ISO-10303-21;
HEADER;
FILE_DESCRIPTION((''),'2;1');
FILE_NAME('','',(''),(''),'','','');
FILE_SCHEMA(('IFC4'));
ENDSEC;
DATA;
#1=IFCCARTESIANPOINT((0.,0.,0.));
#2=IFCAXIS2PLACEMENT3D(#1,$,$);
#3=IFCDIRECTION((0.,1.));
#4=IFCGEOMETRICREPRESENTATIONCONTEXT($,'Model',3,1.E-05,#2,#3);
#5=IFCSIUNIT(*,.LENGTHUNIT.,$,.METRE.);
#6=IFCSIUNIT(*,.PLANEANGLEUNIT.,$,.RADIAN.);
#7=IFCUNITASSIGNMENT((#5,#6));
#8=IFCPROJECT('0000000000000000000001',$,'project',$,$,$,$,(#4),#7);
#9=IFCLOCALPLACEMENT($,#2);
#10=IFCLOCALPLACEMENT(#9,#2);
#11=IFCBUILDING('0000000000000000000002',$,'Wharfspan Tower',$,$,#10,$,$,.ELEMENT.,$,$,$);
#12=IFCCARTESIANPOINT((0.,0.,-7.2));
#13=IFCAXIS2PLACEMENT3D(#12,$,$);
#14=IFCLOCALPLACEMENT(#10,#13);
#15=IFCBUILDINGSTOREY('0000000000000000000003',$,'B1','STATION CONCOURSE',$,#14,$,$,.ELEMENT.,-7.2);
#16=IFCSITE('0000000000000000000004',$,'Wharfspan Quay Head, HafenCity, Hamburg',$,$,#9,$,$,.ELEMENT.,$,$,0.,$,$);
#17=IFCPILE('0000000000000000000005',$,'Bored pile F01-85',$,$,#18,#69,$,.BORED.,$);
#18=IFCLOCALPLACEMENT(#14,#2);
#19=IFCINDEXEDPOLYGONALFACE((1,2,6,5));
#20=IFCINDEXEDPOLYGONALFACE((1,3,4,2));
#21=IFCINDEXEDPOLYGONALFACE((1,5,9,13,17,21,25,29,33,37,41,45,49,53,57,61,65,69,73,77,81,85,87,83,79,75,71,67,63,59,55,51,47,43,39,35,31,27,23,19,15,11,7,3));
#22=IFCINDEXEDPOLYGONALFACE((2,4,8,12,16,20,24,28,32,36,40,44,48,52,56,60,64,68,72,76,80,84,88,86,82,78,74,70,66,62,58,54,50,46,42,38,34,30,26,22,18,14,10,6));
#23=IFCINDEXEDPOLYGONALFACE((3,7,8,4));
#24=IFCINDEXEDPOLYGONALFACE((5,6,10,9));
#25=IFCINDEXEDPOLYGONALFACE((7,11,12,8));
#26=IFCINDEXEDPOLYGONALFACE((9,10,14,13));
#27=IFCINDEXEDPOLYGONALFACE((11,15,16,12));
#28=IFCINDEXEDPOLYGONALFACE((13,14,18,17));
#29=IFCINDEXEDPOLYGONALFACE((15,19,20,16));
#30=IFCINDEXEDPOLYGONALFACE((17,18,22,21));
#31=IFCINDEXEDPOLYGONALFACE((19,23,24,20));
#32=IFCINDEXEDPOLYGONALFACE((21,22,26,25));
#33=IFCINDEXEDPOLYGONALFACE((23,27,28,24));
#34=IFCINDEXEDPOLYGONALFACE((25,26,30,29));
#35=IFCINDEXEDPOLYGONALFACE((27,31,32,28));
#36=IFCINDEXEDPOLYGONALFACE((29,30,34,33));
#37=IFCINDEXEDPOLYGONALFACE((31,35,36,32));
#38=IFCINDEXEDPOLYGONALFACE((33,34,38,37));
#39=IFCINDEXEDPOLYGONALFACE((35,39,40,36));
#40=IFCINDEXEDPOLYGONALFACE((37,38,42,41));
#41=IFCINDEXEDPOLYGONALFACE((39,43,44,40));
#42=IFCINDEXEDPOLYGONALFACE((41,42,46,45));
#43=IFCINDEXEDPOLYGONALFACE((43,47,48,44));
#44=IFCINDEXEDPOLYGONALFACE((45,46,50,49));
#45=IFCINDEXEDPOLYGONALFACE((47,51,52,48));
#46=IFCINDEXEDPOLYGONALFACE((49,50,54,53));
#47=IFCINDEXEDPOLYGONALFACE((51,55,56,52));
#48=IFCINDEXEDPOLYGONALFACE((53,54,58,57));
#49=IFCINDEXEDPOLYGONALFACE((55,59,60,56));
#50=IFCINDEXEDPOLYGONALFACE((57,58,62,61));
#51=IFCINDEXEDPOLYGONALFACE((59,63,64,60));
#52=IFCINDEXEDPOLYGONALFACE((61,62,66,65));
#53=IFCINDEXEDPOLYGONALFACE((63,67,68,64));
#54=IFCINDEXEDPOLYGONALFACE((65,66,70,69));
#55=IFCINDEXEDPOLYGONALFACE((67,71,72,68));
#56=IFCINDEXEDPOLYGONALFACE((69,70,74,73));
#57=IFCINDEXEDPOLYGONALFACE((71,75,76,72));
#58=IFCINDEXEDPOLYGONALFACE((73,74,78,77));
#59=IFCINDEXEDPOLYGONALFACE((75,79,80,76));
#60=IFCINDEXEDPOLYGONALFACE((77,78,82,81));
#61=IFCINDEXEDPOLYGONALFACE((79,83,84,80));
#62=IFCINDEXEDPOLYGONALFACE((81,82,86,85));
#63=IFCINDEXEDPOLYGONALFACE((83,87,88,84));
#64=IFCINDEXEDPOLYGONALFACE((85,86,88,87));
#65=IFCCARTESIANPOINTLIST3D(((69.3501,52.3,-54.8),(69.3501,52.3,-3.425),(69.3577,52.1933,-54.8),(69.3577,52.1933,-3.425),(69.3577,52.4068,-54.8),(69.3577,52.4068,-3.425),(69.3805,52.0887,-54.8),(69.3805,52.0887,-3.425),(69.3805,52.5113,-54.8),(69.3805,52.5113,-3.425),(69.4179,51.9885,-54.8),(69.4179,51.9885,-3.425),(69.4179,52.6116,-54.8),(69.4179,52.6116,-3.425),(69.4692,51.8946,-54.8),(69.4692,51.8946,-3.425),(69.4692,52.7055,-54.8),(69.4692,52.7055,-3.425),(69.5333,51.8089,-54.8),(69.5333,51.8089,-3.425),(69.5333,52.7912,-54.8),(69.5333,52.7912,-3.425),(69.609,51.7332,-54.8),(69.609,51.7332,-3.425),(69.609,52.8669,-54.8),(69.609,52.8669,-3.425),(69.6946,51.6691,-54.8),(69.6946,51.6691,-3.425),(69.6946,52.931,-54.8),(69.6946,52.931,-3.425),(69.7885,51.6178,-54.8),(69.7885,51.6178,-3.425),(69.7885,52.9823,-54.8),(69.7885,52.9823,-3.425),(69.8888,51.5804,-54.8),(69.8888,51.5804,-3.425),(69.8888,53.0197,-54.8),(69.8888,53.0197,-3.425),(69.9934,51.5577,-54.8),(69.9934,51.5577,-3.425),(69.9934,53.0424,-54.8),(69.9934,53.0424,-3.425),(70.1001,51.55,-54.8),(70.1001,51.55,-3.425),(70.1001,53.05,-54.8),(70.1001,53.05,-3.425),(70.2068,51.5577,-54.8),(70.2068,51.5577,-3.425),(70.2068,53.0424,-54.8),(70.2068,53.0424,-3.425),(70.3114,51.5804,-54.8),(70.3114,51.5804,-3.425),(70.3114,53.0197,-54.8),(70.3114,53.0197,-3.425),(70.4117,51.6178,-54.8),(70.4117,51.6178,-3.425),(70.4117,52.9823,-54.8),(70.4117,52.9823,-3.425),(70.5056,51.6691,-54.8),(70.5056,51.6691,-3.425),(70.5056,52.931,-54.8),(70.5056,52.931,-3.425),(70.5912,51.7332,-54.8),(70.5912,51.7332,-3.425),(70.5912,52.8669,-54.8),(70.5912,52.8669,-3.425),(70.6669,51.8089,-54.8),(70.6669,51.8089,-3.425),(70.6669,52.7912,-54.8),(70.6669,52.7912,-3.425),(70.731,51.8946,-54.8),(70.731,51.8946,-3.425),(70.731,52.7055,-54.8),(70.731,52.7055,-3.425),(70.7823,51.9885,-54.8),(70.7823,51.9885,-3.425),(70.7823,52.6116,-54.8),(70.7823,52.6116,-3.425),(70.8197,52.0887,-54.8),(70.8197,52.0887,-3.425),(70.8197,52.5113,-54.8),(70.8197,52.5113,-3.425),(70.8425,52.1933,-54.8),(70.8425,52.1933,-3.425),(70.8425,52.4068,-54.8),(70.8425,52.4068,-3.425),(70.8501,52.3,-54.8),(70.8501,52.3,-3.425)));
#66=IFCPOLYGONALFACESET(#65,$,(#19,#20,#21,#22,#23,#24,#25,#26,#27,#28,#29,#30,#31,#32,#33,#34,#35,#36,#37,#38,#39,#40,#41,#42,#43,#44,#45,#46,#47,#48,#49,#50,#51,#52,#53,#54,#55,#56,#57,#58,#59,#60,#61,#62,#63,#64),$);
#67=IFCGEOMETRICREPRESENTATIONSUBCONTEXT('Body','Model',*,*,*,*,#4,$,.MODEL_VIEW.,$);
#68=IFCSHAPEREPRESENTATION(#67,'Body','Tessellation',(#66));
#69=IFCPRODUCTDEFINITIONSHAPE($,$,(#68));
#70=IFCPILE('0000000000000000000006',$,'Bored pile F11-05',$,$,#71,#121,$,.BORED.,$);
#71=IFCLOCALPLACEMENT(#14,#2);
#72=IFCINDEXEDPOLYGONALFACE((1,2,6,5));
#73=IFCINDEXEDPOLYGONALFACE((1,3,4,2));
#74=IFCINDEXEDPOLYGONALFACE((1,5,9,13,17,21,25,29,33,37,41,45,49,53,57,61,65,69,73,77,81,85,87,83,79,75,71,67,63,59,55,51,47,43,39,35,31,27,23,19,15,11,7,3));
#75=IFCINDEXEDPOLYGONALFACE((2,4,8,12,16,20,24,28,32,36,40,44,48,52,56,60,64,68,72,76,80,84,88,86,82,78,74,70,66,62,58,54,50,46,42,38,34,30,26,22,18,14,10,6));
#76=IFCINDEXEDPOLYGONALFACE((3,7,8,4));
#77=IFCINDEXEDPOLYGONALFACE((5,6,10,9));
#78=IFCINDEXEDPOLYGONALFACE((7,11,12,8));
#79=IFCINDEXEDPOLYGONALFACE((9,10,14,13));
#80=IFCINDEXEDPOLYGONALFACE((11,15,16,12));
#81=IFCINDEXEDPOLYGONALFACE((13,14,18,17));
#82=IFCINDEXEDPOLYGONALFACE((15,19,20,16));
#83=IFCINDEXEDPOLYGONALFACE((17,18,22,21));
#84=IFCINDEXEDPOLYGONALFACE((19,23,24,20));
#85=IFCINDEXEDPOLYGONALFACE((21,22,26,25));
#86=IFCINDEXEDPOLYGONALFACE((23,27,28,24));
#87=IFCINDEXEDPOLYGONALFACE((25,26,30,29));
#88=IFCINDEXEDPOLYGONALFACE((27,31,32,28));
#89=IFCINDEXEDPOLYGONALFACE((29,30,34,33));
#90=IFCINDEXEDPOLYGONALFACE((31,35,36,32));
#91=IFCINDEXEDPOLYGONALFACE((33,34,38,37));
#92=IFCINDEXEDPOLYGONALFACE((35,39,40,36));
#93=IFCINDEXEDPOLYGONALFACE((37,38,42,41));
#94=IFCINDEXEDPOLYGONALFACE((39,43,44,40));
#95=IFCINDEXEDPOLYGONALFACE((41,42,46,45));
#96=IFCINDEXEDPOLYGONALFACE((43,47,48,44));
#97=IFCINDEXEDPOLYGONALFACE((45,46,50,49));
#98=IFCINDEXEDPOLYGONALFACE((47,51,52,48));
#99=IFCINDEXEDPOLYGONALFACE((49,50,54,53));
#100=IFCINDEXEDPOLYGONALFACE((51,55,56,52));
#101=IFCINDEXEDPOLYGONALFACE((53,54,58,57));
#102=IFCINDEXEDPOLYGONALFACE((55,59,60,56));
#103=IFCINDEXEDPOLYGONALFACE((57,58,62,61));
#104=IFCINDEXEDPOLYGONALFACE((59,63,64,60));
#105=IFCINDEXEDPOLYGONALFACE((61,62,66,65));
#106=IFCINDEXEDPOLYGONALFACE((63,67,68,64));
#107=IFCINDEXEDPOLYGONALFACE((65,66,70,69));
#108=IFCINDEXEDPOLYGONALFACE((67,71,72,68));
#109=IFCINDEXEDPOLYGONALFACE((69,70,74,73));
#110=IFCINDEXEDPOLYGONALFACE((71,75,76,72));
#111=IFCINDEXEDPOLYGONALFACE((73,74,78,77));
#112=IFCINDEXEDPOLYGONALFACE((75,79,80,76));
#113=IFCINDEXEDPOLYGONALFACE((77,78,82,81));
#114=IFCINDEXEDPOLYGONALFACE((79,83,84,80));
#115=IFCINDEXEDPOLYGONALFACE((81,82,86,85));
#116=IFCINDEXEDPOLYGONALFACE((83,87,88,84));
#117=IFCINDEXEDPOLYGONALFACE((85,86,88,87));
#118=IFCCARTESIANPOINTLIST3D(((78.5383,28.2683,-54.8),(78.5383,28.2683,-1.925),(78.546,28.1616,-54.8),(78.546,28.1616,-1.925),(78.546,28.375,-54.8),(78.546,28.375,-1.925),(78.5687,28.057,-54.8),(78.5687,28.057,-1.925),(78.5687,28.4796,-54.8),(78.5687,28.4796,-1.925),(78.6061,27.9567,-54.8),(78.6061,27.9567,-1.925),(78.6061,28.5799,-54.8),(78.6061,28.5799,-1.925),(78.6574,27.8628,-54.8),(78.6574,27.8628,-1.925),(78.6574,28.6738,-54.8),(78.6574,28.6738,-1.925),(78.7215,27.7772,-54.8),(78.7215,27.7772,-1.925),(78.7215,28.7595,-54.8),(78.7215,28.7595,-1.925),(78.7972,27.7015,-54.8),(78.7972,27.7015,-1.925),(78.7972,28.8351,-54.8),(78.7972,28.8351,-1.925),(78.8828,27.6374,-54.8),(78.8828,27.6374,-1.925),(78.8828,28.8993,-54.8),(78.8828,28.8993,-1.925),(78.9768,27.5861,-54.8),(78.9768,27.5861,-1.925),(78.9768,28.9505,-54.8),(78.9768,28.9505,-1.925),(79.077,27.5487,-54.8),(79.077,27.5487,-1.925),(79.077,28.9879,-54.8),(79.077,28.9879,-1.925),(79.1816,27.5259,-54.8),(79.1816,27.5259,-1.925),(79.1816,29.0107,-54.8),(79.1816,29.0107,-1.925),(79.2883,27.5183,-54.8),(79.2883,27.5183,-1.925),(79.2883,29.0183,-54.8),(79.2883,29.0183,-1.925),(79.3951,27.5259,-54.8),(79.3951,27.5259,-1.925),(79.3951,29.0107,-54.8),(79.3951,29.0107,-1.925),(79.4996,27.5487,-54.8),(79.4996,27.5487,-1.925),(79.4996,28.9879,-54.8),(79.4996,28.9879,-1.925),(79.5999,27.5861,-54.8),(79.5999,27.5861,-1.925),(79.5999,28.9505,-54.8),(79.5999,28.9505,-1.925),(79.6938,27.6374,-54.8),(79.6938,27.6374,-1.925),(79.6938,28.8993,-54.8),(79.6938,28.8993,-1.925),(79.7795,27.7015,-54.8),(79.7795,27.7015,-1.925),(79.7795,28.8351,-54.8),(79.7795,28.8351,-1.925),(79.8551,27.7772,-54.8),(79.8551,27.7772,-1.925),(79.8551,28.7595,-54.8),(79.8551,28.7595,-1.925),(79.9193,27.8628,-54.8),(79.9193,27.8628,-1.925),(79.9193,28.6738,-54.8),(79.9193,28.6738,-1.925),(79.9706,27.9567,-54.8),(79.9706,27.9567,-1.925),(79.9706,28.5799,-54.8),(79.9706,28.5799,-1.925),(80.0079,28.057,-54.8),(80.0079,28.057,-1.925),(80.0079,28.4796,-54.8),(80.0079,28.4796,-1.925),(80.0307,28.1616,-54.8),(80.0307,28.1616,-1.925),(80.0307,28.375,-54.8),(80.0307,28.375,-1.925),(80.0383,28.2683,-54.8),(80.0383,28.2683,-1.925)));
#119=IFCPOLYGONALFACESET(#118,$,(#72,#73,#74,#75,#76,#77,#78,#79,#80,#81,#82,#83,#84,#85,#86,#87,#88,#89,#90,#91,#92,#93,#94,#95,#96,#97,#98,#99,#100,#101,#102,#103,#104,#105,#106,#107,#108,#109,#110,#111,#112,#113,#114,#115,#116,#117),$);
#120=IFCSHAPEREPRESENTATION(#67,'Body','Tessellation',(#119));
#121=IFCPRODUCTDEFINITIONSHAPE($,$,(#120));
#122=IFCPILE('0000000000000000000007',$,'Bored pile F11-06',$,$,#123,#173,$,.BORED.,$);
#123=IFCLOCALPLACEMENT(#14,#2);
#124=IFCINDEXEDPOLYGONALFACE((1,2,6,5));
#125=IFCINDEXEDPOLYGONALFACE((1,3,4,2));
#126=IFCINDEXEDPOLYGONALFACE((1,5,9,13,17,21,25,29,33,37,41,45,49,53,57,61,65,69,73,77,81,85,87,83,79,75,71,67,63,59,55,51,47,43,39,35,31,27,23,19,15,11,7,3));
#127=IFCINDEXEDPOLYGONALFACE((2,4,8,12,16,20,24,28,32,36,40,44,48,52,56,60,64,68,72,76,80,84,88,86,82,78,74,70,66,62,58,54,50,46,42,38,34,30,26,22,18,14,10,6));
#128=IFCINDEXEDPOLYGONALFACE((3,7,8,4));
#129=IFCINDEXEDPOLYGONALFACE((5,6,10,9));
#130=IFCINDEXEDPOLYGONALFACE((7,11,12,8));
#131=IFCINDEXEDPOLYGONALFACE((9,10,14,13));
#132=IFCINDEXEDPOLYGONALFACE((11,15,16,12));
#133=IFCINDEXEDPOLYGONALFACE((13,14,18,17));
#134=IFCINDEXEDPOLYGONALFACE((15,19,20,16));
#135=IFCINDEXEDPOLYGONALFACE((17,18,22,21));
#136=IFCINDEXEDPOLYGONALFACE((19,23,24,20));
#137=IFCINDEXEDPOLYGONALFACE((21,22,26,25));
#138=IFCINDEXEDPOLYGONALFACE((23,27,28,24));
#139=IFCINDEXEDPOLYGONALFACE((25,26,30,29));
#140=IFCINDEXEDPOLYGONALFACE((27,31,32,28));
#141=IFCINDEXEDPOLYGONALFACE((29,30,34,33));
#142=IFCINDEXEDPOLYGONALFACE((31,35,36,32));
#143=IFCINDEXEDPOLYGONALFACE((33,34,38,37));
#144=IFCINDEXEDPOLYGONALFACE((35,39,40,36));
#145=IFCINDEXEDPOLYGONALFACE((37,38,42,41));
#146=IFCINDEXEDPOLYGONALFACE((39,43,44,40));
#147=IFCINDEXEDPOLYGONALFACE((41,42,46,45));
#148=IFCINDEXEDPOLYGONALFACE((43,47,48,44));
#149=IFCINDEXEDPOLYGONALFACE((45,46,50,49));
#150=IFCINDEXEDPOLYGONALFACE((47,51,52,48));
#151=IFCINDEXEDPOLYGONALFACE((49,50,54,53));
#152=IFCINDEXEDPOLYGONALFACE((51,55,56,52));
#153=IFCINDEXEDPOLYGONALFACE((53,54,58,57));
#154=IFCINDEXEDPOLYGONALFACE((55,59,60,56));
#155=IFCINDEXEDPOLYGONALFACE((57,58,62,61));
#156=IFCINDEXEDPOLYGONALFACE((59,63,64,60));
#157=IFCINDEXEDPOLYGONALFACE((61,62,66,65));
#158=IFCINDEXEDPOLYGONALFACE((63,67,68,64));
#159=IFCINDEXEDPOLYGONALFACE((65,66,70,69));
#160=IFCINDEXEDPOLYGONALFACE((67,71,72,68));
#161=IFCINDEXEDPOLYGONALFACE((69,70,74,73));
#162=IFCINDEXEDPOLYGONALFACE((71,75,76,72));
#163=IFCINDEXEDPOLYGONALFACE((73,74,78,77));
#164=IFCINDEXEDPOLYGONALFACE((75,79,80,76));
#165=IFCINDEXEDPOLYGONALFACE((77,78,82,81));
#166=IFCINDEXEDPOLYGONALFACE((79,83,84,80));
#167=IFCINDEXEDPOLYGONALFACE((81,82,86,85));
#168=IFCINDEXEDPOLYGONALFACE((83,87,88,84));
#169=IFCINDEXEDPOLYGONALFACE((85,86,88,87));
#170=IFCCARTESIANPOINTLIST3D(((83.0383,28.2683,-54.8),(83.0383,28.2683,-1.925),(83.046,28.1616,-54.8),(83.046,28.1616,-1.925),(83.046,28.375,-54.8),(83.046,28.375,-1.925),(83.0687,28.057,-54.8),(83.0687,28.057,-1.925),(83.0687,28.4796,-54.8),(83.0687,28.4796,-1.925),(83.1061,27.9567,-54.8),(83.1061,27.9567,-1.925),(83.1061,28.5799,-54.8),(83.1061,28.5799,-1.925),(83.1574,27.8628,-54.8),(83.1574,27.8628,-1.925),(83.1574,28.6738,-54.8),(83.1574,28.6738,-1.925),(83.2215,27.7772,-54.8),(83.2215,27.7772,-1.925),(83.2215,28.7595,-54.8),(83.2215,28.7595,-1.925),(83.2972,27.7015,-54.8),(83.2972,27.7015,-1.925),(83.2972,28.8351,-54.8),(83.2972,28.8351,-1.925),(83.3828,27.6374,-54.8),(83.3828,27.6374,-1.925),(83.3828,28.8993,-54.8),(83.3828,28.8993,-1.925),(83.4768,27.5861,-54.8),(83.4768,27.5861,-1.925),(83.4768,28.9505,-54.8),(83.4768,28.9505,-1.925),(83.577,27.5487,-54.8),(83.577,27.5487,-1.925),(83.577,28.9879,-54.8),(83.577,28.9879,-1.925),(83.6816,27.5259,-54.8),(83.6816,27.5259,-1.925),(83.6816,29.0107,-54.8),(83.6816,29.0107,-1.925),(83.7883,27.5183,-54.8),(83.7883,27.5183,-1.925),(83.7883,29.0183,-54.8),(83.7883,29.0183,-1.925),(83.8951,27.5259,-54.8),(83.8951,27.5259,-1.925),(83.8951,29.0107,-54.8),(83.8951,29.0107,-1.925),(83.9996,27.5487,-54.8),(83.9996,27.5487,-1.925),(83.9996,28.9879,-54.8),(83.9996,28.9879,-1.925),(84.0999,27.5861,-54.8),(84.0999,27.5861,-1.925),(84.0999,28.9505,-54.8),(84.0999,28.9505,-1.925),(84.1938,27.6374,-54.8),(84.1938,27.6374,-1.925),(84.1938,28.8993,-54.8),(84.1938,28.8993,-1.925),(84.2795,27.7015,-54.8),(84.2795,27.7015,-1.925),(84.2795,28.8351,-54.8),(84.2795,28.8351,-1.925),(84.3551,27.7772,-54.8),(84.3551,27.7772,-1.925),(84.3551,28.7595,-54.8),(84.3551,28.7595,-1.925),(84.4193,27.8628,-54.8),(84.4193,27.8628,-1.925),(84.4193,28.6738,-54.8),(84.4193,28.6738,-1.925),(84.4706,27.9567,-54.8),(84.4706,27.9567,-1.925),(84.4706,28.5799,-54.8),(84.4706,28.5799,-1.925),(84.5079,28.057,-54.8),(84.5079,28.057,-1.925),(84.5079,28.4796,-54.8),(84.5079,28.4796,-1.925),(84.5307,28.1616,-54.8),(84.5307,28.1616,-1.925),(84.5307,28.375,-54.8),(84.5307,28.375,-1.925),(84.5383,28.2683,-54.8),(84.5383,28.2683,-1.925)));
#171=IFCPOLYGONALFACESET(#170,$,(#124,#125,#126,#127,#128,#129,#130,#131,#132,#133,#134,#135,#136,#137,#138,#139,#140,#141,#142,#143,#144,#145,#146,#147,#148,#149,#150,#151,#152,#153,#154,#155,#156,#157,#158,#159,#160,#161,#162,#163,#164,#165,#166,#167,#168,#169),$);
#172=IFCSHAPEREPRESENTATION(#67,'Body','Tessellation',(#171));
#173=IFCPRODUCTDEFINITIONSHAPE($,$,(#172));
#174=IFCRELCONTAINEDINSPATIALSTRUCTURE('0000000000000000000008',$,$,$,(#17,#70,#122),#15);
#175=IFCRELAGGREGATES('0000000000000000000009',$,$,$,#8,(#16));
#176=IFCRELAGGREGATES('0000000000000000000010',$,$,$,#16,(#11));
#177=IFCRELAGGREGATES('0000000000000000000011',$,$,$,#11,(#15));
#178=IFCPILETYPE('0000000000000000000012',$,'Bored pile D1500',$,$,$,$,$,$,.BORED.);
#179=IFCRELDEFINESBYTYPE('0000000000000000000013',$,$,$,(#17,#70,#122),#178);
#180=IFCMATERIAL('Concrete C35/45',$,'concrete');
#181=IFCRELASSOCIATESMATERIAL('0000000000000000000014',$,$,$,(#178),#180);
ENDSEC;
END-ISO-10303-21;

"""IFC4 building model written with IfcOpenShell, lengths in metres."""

from ifc_helpers import new_model, si_unit, direction, frame, origin, origin_2d, place, context, subcontext, project, spatial, circle, extrude, material, material_profile, profile_set, type_object, element, save


model = new_model("IFC4")

# Units and contexts
model_context = context("Model", 3, precision=1e-05, world=origin(), true_north=direction((0.0, 1.0)))
body_context = subcontext(model_context, "Body", "Model", "MODEL_VIEW")
ifc_project = project(units=[si_unit("LENGTHUNIT", "METRE"), si_unit("PLANEANGLEUNIT", "RADIAN")], contexts=[model_context])

# Site, building, storey
site_placement = place(None, origin())
site = spatial("IfcSite", under=ifc_project, at=site_placement, Name="Wharfspan Quay Head, HafenCity, Hamburg", CompositionType="ELEMENT", RefElevation=0.0)
building_placement = place(site_placement, origin())
building = spatial("IfcBuilding", under=site, at=building_placement, Name="Wharfspan Tower", CompositionType="ELEMENT")
storey_placement = place(building_placement, frame((0.0, 0.0, -7.2)))
storey = spatial("IfcBuildingStorey", under=building, at=storey_placement, Name="B1", Description="STATION CONCOURSE", CompositionType="ELEMENT", Elevation=-7.2)

# Piles
ifc_material_1 = material(Name="Concrete C35/45", Category="concrete")
ifc_material_profile_1 = material_profile(ifc_material_1, circle(Radius=0.75, at=origin_2d()))
ifc_profile_set_1 = profile_set([ifc_material_profile_1], Name="Concrete C35/45")
pile_type = type_object("IfcPileType", Name="Bored pile D1500", PredefinedType="BORED", material=ifc_profile_set_1)
for number, where, z_axis, x_axis, name in (
    (1, (70.1001, 52.3, -3.425), (0.0, 0.0, -1.0), (1.0, 0.0, 0.0), "Bored pile F01-85"),
):
    element("IfcPile", number, at=place(storey_placement, frame(where, z_axis=z_axis, x_axis=x_axis)), inside=storey, type_object=pile_type, Name=name, PredefinedType="BORED", context=body_context, shape_type="SweptSolid", body=[
        extrude(circle(Radius=0.75, at=origin_2d()), origin(), (0.0, 0.0, 1.0), 51.375),
    ])
for number, where, z_axis, x_axis, name in (
    (2, (79.2883, 28.2683, -1.925), (0.0, 0.0, -1.0), (1.0, 0.0, 0.0), "Bored pile F11-05"),
    (3, (83.7883, 28.2683, -1.925), (0.0, 0.0, -1.0), (1.0, 0.0, 0.0), "Bored pile F11-06"),
):
    element("IfcPile", number, at=place(storey_placement, frame(where, z_axis=z_axis, x_axis=x_axis)), inside=storey, type_object=pile_type, Name=name, PredefinedType="BORED", context=body_context, shape_type="SweptSolid", body=[
        extrude(circle(Radius=0.75, at=origin_2d()), origin(), (0.0, 0.0, 1.0), 52.875),
    ])

save(model, "model.ifc")
